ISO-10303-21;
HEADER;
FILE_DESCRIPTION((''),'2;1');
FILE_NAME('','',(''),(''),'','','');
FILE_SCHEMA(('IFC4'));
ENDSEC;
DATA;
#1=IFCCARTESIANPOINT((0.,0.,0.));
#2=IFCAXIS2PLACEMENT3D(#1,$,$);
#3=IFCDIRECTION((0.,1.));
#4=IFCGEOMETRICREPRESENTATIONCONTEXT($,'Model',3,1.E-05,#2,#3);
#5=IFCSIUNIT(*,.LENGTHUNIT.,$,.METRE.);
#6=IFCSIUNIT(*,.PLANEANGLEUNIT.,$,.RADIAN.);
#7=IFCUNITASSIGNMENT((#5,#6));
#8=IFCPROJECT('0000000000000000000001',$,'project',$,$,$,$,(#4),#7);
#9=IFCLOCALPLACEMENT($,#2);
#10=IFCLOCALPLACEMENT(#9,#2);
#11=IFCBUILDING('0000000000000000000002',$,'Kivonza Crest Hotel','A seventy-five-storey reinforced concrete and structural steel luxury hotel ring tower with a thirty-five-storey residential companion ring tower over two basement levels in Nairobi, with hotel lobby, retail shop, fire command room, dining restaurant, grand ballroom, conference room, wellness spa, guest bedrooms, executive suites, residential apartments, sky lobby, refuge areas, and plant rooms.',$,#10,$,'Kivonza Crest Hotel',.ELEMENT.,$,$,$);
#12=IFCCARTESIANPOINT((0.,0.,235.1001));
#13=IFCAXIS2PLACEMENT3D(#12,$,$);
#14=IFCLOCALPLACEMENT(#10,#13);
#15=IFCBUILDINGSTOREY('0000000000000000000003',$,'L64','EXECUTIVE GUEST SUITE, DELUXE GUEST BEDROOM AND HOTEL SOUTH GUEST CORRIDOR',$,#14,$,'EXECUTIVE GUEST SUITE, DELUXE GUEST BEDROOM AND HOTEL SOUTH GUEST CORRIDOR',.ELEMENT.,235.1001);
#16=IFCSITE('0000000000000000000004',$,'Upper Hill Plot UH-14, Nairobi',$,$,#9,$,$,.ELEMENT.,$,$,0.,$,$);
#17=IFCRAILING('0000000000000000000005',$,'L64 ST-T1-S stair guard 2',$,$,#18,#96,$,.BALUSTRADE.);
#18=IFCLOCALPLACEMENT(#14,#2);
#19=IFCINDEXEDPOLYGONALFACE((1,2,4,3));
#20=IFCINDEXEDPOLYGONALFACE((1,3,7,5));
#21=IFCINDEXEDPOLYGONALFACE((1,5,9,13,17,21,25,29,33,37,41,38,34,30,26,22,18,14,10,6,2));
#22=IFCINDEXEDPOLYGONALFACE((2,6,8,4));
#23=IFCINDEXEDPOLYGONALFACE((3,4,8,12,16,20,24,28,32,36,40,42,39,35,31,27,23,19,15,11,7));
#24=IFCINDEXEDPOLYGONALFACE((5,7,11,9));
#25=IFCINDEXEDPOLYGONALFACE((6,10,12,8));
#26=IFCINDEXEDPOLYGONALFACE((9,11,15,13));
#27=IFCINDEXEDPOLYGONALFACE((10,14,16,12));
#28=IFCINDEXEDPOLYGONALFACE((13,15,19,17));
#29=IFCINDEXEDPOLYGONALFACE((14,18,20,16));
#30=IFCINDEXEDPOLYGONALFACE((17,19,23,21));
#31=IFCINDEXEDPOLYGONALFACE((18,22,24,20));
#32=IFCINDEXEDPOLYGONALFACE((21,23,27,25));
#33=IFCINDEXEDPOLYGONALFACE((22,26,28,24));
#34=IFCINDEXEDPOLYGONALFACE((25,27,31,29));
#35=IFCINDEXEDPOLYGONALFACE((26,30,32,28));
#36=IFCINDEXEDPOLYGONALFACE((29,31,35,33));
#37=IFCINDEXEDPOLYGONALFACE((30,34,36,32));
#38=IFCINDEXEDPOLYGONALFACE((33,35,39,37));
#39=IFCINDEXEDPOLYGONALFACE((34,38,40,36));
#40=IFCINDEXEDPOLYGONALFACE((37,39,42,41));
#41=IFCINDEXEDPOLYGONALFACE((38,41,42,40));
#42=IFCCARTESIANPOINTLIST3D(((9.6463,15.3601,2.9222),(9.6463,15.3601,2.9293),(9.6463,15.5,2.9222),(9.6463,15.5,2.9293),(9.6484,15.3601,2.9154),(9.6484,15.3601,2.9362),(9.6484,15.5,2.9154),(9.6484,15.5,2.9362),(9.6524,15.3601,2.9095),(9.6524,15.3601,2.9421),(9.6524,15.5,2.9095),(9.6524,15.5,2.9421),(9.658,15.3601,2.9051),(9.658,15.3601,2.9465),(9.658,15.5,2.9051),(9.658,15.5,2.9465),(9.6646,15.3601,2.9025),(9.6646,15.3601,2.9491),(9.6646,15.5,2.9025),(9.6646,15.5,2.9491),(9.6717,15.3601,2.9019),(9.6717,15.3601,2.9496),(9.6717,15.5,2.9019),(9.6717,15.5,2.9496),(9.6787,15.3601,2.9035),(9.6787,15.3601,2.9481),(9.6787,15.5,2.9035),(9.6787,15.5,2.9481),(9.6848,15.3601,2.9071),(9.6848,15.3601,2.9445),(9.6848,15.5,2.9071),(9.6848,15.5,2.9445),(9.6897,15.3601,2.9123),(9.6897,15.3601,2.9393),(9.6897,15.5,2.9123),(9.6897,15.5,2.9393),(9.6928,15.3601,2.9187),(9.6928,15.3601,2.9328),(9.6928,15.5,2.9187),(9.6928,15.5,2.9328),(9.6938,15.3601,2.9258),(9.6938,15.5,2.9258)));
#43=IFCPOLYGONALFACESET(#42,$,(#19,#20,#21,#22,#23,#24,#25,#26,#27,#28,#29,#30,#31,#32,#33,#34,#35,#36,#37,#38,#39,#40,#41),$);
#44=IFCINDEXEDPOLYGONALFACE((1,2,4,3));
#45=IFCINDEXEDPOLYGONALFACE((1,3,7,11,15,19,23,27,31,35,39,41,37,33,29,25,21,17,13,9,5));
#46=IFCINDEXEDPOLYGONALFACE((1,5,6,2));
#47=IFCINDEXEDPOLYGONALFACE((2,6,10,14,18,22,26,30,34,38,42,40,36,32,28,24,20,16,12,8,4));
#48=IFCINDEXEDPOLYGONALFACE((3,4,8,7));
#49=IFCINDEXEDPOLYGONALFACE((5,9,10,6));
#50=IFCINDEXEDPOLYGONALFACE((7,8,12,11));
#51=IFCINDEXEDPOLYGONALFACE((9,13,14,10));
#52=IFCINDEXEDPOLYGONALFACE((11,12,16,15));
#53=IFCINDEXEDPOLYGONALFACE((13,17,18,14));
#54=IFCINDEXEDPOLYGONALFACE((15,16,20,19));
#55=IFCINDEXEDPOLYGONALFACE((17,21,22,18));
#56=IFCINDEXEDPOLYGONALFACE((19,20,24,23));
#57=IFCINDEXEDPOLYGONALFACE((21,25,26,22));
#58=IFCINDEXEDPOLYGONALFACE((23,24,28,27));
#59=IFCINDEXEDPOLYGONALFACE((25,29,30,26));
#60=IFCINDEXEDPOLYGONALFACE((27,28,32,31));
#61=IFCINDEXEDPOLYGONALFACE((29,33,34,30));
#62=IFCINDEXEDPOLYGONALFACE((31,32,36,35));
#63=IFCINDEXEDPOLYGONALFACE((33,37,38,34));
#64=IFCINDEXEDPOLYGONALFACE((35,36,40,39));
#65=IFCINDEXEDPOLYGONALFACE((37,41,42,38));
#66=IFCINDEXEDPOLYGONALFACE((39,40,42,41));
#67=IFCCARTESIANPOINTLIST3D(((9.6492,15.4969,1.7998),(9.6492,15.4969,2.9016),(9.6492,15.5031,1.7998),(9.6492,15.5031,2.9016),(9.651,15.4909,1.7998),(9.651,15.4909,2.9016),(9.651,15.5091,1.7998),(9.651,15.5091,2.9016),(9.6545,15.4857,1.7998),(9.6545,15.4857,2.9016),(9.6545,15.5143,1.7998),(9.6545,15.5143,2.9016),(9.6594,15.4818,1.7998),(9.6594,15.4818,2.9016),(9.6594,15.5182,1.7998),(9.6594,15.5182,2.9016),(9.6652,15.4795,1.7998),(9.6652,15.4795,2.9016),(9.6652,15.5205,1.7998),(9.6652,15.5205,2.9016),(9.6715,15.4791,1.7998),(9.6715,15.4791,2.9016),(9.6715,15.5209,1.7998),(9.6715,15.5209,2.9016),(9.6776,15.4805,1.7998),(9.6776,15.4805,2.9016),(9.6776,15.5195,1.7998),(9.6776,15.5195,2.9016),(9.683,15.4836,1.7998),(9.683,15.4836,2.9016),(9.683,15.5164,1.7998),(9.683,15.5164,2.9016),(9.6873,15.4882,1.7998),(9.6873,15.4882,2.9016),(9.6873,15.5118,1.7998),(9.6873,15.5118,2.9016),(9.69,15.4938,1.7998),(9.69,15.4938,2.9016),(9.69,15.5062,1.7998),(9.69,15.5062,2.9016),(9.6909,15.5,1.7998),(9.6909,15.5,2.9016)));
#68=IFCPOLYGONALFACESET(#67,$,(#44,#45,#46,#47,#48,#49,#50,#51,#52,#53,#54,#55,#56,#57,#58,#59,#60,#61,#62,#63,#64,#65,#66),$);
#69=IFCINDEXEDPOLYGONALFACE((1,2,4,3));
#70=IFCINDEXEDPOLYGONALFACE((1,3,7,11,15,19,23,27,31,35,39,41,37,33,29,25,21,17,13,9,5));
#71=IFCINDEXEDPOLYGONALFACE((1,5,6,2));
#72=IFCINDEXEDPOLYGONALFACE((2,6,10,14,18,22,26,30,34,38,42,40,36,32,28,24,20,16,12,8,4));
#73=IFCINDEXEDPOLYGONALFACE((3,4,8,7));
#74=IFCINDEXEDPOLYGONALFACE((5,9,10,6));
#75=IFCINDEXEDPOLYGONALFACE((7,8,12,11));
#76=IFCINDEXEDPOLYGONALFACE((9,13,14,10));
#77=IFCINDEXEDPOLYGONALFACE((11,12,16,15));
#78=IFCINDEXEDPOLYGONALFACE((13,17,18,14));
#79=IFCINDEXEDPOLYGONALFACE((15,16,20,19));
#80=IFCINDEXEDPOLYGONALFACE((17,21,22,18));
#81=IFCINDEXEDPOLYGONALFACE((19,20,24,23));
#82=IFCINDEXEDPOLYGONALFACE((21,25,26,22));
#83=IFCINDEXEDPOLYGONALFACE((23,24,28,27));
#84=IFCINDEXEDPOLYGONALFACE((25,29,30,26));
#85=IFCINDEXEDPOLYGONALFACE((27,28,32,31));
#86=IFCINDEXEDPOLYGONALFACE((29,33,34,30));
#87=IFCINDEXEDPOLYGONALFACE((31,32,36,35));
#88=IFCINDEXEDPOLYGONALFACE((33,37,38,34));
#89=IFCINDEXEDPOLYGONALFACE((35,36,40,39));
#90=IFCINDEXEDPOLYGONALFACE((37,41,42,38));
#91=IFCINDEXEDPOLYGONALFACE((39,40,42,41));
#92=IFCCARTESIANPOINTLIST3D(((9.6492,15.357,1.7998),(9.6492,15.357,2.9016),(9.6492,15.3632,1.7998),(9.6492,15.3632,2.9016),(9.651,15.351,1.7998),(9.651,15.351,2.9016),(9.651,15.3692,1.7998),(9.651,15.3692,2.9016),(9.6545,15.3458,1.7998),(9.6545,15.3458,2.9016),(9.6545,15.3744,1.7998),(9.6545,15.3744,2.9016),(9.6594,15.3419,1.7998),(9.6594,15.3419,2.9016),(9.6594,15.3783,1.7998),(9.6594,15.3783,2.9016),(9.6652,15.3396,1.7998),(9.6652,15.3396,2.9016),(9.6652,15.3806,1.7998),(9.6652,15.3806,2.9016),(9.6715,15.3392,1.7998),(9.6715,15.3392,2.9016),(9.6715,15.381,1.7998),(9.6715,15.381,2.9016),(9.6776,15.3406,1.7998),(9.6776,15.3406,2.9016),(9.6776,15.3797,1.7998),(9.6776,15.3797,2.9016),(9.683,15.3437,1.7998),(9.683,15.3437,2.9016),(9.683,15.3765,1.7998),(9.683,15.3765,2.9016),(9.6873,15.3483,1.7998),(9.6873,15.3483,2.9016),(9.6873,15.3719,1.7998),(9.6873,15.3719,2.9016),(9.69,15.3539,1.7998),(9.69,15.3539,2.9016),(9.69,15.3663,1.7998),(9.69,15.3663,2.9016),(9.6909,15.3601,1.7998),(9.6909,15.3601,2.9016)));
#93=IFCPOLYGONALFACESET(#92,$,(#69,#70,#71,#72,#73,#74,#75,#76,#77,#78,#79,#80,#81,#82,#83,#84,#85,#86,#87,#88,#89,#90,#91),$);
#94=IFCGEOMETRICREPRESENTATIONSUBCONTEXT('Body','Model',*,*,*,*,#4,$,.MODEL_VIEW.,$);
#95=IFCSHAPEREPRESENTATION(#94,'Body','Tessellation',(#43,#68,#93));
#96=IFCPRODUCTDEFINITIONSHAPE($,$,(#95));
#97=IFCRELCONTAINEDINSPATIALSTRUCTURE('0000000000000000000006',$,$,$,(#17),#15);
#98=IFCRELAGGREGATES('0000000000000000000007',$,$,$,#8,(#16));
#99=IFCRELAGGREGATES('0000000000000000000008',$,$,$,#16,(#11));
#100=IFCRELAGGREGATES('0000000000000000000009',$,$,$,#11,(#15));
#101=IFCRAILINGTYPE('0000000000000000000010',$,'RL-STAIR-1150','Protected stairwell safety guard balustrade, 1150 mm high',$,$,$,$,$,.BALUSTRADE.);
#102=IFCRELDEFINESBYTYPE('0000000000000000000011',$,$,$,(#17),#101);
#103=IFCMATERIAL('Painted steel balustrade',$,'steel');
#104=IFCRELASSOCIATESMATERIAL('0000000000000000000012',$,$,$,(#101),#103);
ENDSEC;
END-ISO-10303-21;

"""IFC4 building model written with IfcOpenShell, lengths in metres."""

from ifc_helpers import new_model, si_unit, direction, frame, origin, origin_2d, place, context, subcontext, project, spatial, circle, extrude, material, type_object, element, save


model = new_model("IFC4")

# Units and contexts
model_context = context("Model", 3, precision=1e-05, world=origin(), true_north=direction((0.0, 1.0)))
body_context = subcontext(model_context, "Body", "Model", "MODEL_VIEW")
ifc_project = project(units=[si_unit("LENGTHUNIT", "METRE"), si_unit("PLANEANGLEUNIT", "RADIAN")], contexts=[model_context])

# Site, building, storey
site_placement = place(None, origin())
site = spatial("IfcSite", under=ifc_project, at=site_placement, Name="Upper Hill Plot UH-14, Nairobi", CompositionType="ELEMENT", RefElevation=0.0)
building_placement = place(site_placement, origin())
building = spatial("IfcBuilding", under=site, at=building_placement, Name="Kivonza Crest Hotel", Description="A seventy-five-storey reinforced concrete and structural steel luxury hotel ring tower with a thirty-five-storey residential companion ring tower over two basement levels in Nairobi, with hotel lobby, retail shop, fire command room, dining restaurant, grand ballroom, conference room, wellness spa, guest bedrooms, executive suites, residential apartments, sky lobby, refuge areas, and plant rooms.", LongName="Kivonza Crest Hotel", CompositionType="ELEMENT")
storey_placement = place(building_placement, frame((0.0, 0.0, 235.1001)))
storey = spatial("IfcBuildingStorey", under=building, at=storey_placement, Name="L64", Description="EXECUTIVE GUEST SUITE, DELUXE GUEST BEDROOM AND HOTEL SOUTH GUEST CORRIDOR", LongName="EXECUTIVE GUEST SUITE, DELUXE GUEST BEDROOM AND HOTEL SOUTH GUEST CORRIDOR", CompositionType="ELEMENT", Elevation=235.1001)

# Railing
ifc_material_1 = material(Name="Painted steel balustrade", Category="steel")
railing_type_1 = type_object("IfcRailingType", Name="RL-STAIR-1150", Description="Protected stairwell safety guard balustrade, 1150 mm high", PredefinedType="BALUSTRADE", material=ifc_material_1)
railing_1_placement = place(storey_placement, frame((9.6699, 15.5, 1.7998)))
element("IfcRailing", 1, at=railing_1_placement, inside=storey, type_object=railing_type_1, Name="L64 ST-T1-S stair guard 2", PredefinedType="BALUSTRADE", context=body_context, shape_type="SweptSolid", body=[
    extrude(circle(Radius=0.0239, at=origin_2d()), frame((0.0, 0.0, 1.126), z_axis=(0.0, -1.0, 0.0), x_axis=(1.0, 0.0, 0.0)), (0.0, 0.0, 1.0), 0.1399),
    extrude(circle(Radius=0.021, at=origin_2d()), origin(), (0.0, 0.0, 1.0), 1.1018),
    extrude(circle(Radius=0.021, at=origin_2d()), frame((0.0, -0.1399, 0.0)), (0.0, 0.0, 1.0), 1.1018),
])

save(model, "model.ifc")
